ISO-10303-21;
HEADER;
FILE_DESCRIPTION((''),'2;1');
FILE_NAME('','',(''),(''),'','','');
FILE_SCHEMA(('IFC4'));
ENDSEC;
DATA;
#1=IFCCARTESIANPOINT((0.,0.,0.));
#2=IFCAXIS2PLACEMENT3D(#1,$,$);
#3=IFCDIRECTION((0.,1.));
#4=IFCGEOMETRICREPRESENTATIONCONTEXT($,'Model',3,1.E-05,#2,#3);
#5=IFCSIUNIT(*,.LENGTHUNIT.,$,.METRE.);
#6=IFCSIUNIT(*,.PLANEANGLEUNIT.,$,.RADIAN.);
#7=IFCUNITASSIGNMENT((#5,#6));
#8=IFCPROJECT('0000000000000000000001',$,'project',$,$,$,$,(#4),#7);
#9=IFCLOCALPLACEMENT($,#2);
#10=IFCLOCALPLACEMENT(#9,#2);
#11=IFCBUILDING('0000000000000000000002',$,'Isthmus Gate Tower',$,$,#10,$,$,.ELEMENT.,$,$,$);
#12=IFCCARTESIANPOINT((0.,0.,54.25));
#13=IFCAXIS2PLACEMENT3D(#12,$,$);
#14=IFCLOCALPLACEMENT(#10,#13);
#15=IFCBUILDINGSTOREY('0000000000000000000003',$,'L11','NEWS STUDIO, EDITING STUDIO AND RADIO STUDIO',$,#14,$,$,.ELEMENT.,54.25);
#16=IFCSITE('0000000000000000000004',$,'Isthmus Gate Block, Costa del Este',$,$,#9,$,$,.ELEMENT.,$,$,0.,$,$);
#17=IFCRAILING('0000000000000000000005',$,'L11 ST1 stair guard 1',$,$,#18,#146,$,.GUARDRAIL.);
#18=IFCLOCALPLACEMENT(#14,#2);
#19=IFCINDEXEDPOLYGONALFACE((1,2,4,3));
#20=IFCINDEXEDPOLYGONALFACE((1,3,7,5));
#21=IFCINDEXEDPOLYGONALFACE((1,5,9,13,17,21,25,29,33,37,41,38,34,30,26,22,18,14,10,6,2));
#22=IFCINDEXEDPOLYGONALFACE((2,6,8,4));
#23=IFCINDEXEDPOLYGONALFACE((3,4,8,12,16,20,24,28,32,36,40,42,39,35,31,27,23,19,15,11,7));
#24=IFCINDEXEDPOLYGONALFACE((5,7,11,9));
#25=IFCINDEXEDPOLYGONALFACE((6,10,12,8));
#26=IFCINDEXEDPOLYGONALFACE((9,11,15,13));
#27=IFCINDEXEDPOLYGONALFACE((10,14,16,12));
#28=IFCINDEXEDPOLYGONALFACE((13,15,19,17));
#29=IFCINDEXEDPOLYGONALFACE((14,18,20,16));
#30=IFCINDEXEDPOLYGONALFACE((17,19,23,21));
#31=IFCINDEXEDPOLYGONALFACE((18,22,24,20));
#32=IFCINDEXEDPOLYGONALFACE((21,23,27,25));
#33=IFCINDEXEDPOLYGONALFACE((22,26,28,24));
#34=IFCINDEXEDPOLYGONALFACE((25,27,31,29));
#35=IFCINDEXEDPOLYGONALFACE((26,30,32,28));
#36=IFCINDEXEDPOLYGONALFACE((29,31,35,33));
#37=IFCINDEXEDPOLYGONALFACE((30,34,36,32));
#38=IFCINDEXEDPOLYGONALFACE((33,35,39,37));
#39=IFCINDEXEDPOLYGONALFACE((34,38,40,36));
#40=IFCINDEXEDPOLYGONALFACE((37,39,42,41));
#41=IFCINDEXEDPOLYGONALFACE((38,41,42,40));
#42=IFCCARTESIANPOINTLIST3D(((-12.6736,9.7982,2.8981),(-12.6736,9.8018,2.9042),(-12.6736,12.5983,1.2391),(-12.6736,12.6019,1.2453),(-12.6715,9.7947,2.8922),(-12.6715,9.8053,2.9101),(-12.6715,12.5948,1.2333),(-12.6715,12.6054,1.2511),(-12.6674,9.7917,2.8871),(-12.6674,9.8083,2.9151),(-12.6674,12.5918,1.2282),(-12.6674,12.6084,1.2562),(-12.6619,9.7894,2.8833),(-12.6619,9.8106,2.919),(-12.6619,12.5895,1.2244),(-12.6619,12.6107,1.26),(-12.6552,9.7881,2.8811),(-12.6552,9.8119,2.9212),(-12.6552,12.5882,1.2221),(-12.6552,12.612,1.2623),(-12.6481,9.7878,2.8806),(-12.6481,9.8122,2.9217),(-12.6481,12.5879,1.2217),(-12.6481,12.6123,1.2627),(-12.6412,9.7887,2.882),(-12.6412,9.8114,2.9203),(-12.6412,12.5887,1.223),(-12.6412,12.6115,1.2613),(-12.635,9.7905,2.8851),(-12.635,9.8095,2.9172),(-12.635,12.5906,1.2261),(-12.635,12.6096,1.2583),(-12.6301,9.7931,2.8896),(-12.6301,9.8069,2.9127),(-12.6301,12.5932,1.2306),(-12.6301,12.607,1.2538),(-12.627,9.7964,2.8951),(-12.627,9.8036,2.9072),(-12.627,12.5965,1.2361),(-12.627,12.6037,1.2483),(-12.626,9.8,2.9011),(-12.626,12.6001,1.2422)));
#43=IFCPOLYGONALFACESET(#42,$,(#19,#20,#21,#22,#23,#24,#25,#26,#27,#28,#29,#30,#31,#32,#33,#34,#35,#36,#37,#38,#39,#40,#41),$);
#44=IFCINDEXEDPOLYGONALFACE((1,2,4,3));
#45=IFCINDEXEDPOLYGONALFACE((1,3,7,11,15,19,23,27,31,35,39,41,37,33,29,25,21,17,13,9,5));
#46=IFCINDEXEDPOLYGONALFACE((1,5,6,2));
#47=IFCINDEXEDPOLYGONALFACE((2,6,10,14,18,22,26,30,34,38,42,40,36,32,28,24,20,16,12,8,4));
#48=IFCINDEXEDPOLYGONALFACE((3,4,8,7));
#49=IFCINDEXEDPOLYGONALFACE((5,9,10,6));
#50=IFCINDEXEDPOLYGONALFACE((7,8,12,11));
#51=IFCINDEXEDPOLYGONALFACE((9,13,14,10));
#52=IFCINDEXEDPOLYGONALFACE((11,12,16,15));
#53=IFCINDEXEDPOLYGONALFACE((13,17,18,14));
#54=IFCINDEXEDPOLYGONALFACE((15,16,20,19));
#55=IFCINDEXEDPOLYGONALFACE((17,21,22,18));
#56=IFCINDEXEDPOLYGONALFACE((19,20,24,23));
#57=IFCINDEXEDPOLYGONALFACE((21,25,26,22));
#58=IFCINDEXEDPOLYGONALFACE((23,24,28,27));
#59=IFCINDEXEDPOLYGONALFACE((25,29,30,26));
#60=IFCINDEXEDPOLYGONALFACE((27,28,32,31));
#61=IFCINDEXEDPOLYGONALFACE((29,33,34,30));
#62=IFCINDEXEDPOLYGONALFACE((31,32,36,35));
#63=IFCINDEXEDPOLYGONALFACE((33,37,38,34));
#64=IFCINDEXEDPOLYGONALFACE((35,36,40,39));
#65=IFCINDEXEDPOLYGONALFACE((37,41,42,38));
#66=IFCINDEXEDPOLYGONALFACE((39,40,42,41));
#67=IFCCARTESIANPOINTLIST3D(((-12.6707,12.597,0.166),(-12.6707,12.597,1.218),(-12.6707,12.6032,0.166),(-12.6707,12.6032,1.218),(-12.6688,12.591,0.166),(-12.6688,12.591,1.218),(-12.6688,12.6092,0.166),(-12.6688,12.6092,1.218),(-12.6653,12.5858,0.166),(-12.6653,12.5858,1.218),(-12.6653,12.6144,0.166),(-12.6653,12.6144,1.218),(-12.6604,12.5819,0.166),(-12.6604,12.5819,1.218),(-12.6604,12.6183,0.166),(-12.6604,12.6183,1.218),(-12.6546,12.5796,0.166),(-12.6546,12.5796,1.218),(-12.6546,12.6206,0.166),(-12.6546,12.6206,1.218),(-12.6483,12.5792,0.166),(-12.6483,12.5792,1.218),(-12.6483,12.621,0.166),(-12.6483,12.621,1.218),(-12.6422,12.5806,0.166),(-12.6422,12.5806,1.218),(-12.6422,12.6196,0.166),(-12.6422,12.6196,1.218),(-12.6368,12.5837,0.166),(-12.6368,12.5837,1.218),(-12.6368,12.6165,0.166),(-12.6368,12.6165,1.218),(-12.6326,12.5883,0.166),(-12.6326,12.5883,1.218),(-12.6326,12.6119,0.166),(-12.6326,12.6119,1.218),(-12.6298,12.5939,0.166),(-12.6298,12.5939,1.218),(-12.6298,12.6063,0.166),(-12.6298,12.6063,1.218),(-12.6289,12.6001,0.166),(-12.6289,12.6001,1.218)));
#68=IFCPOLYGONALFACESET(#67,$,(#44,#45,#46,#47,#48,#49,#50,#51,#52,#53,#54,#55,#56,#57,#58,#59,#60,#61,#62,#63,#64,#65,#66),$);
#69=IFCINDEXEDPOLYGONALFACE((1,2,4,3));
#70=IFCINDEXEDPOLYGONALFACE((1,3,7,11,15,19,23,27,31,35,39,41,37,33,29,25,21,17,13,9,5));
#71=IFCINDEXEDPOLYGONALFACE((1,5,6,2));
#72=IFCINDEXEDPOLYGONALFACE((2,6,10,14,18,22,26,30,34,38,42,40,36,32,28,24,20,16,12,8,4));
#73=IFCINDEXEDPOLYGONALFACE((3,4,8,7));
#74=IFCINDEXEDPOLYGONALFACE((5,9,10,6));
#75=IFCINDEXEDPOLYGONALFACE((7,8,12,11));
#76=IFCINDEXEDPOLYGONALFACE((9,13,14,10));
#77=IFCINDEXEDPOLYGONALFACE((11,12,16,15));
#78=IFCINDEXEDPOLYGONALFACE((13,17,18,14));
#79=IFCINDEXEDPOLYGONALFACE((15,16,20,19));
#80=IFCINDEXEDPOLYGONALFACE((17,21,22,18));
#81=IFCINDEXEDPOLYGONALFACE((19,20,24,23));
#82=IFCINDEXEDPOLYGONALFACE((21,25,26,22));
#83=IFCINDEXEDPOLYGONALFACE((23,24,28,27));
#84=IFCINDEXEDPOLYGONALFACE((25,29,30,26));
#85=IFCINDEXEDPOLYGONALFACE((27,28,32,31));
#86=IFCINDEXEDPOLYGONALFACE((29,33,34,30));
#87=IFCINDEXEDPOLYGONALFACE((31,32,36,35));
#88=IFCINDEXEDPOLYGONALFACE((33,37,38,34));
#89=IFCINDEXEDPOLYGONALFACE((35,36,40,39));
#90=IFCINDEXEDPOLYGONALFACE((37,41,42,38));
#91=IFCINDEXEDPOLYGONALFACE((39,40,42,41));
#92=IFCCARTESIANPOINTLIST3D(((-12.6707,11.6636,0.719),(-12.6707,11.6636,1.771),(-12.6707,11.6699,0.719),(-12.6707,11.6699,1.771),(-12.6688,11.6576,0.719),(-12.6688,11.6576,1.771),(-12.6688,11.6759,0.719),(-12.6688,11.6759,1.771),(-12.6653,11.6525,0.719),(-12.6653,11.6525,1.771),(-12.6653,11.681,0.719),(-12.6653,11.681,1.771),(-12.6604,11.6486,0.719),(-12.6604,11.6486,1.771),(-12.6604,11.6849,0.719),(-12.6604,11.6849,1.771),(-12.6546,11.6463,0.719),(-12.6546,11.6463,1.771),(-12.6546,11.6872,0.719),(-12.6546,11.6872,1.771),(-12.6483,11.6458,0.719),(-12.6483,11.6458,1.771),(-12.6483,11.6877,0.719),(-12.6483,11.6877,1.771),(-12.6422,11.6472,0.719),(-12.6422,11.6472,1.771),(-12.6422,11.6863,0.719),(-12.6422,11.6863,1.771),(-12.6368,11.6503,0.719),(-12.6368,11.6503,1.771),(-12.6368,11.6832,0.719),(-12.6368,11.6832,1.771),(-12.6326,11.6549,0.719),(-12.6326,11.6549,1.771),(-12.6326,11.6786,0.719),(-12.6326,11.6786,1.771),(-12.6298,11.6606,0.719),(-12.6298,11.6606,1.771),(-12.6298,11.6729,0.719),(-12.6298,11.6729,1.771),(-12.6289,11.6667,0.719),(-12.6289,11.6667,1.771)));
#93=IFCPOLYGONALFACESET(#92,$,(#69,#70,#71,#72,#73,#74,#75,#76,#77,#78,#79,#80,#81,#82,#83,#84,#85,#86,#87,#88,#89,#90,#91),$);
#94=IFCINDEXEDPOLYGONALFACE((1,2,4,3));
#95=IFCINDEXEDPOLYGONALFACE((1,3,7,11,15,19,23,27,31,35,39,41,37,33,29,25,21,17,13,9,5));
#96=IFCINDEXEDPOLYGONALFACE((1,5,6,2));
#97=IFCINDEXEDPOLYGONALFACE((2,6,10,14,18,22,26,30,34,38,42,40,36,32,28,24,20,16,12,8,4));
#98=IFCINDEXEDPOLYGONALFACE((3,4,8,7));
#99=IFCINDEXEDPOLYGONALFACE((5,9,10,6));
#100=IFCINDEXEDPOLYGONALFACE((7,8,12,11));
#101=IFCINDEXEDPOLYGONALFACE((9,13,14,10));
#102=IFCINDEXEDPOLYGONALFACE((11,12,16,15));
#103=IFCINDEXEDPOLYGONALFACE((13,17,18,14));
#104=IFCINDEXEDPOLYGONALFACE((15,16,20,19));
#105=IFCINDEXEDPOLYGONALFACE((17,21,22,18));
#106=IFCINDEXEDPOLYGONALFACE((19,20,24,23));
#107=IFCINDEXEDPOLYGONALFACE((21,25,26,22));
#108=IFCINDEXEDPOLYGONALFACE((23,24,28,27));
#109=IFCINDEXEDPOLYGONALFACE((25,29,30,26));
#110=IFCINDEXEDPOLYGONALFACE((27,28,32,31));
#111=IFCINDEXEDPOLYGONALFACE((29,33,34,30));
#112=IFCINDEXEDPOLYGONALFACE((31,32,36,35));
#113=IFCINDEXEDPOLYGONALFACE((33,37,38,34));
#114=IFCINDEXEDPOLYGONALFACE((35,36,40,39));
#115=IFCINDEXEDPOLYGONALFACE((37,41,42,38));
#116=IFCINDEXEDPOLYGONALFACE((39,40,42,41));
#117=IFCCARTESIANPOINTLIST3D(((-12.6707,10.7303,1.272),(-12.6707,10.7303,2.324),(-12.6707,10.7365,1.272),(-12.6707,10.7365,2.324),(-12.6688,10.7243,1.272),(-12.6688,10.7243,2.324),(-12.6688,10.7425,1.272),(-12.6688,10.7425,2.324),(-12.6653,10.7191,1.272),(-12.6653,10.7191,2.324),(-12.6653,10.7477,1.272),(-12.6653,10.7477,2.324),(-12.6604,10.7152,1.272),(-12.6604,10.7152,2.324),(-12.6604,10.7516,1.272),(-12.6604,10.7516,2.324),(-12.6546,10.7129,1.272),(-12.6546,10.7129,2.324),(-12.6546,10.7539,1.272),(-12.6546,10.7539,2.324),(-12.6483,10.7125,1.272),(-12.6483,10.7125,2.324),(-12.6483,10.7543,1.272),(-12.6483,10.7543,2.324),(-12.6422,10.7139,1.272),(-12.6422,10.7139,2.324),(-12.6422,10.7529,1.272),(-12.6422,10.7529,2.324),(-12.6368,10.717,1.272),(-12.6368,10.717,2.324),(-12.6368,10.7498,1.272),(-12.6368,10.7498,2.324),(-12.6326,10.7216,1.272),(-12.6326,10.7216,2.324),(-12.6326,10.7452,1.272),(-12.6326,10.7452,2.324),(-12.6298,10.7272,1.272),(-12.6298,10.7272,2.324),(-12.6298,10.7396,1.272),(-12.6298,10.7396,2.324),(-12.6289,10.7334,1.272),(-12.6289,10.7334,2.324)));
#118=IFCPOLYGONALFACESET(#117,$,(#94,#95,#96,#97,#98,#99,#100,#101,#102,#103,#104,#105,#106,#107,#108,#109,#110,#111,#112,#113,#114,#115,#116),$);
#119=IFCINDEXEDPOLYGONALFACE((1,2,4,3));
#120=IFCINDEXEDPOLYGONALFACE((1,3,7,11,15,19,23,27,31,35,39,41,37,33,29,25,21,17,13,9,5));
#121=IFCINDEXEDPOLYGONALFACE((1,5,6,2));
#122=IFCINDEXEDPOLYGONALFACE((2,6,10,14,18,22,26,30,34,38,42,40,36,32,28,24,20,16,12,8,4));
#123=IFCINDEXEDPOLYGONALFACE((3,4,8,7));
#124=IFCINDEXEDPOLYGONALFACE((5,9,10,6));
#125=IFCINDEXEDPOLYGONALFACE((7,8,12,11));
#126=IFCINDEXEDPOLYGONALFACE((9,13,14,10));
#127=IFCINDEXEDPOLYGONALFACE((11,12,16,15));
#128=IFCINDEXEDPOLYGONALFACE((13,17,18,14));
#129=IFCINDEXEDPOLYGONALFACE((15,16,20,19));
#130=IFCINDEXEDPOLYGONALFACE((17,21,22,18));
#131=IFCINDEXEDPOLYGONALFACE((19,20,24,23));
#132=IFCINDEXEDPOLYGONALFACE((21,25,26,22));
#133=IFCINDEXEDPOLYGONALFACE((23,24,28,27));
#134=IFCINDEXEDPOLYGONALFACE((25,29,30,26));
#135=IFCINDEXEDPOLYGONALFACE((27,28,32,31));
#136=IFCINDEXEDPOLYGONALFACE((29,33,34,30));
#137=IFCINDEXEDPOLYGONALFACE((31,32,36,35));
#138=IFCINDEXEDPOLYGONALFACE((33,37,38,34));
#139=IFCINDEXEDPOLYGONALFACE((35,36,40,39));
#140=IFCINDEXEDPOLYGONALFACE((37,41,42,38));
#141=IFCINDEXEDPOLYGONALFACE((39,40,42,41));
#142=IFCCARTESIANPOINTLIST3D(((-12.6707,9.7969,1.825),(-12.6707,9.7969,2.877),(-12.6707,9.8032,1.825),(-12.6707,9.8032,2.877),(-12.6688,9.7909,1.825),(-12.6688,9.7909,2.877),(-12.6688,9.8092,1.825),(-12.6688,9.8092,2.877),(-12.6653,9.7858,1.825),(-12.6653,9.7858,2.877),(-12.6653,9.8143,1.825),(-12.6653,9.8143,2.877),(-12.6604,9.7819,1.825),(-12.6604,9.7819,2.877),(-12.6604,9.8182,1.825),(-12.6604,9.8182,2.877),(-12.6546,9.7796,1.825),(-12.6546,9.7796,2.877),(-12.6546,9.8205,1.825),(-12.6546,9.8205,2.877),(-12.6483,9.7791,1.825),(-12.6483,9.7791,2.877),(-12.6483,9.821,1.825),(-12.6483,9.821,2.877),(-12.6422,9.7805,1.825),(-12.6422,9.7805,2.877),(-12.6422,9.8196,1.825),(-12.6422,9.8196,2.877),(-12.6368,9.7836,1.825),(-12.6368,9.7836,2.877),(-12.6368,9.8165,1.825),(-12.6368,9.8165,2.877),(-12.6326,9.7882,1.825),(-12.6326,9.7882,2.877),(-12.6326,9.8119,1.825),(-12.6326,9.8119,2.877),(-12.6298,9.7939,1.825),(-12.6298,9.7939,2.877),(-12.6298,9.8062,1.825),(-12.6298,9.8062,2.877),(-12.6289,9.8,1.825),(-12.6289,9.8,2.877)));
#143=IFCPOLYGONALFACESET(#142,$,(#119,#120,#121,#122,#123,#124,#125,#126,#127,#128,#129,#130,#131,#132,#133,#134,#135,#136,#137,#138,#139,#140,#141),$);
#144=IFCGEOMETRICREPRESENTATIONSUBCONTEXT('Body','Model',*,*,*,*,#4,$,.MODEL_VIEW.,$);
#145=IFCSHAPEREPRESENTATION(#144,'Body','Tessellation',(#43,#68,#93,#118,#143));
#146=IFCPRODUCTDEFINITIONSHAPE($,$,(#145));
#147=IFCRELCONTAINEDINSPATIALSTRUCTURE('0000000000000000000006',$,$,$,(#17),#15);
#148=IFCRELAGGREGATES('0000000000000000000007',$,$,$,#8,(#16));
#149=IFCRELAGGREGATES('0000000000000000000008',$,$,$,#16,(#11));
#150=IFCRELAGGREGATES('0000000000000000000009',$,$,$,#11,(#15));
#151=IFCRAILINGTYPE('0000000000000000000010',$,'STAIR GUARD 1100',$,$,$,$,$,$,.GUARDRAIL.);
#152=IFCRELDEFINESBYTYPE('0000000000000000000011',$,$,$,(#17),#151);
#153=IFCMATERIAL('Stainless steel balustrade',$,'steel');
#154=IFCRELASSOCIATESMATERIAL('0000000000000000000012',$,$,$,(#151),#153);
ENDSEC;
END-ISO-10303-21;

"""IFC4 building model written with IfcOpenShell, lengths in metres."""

from ifc_helpers import new_model, si_unit, direction, frame, origin, origin_2d, place, context, subcontext, project, spatial, circle, extrude, material, type_object, element, save


model = new_model("IFC4")

# Units and contexts
model_context = context("Model", 3, precision=1e-05, world=origin(), true_north=direction((0.0, 1.0)))
body_context = subcontext(model_context, "Body", "Model", "MODEL_VIEW")
ifc_project = project(units=[si_unit("LENGTHUNIT", "METRE"), si_unit("PLANEANGLEUNIT", "RADIAN")], contexts=[model_context])

# Site, building, storey
site_placement = place(None, origin())
site = spatial("IfcSite", under=ifc_project, at=site_placement, Name="Isthmus Gate Block, Costa del Este", CompositionType="ELEMENT", RefElevation=0.0)
building_placement = place(site_placement, origin())
building = spatial("IfcBuilding", under=site, at=building_placement, Name="Isthmus Gate Tower", CompositionType="ELEMENT")
storey_placement = place(building_placement, frame((0.0, 0.0, 54.25)))
storey = spatial("IfcBuildingStorey", under=building, at=storey_placement, Name="L11", Description="NEWS STUDIO, EDITING STUDIO AND RADIO STUDIO", CompositionType="ELEMENT", Elevation=54.25)

# Railing
ifc_material_1 = material(Name="Stainless steel balustrade", Category="steel")
railing_type_1 = type_object("IfcRailingType", Name="STAIR GUARD 1100", PredefinedType="GUARDRAIL", material=ifc_material_1)
railing_1_placement = place(storey_placement, frame((-12.6499, 12.6001, 0.166)))
element("IfcRailing", 1, at=railing_1_placement, inside=storey, type_object=railing_type_1, Name="L11 ST1 stair guard 1", PredefinedType="GUARDRAIL", context=body_context, shape_type="SweptSolid", body=[
    extrude(circle(Radius=0.0239, at=origin_2d()), frame((0.0, 0.0, 1.0762), z_axis=(0.0, -0.860339, 0.509722), x_axis=(1.0, 0.0, 0.0)), (0.0, 0.0, 1.0), 3.2546),
    extrude(circle(Radius=0.021, at=origin_2d()), origin(), (0.0, 0.0, 1.0), 1.052),
    extrude(circle(Radius=0.021, at=origin_2d()), frame((0.0, -0.9333, 0.553)), (0.0, 0.0, 1.0), 1.052),
    extrude(circle(Radius=0.021, at=origin_2d()), frame((0.0, -1.8667, 1.106)), (0.0, 0.0, 1.0), 1.052),
    extrude(circle(Radius=0.021, at=origin_2d()), frame((0.0, -2.8, 1.6589)), (0.0, 0.0, 1.0), 1.052),
])

save(model, "model.ifc")
